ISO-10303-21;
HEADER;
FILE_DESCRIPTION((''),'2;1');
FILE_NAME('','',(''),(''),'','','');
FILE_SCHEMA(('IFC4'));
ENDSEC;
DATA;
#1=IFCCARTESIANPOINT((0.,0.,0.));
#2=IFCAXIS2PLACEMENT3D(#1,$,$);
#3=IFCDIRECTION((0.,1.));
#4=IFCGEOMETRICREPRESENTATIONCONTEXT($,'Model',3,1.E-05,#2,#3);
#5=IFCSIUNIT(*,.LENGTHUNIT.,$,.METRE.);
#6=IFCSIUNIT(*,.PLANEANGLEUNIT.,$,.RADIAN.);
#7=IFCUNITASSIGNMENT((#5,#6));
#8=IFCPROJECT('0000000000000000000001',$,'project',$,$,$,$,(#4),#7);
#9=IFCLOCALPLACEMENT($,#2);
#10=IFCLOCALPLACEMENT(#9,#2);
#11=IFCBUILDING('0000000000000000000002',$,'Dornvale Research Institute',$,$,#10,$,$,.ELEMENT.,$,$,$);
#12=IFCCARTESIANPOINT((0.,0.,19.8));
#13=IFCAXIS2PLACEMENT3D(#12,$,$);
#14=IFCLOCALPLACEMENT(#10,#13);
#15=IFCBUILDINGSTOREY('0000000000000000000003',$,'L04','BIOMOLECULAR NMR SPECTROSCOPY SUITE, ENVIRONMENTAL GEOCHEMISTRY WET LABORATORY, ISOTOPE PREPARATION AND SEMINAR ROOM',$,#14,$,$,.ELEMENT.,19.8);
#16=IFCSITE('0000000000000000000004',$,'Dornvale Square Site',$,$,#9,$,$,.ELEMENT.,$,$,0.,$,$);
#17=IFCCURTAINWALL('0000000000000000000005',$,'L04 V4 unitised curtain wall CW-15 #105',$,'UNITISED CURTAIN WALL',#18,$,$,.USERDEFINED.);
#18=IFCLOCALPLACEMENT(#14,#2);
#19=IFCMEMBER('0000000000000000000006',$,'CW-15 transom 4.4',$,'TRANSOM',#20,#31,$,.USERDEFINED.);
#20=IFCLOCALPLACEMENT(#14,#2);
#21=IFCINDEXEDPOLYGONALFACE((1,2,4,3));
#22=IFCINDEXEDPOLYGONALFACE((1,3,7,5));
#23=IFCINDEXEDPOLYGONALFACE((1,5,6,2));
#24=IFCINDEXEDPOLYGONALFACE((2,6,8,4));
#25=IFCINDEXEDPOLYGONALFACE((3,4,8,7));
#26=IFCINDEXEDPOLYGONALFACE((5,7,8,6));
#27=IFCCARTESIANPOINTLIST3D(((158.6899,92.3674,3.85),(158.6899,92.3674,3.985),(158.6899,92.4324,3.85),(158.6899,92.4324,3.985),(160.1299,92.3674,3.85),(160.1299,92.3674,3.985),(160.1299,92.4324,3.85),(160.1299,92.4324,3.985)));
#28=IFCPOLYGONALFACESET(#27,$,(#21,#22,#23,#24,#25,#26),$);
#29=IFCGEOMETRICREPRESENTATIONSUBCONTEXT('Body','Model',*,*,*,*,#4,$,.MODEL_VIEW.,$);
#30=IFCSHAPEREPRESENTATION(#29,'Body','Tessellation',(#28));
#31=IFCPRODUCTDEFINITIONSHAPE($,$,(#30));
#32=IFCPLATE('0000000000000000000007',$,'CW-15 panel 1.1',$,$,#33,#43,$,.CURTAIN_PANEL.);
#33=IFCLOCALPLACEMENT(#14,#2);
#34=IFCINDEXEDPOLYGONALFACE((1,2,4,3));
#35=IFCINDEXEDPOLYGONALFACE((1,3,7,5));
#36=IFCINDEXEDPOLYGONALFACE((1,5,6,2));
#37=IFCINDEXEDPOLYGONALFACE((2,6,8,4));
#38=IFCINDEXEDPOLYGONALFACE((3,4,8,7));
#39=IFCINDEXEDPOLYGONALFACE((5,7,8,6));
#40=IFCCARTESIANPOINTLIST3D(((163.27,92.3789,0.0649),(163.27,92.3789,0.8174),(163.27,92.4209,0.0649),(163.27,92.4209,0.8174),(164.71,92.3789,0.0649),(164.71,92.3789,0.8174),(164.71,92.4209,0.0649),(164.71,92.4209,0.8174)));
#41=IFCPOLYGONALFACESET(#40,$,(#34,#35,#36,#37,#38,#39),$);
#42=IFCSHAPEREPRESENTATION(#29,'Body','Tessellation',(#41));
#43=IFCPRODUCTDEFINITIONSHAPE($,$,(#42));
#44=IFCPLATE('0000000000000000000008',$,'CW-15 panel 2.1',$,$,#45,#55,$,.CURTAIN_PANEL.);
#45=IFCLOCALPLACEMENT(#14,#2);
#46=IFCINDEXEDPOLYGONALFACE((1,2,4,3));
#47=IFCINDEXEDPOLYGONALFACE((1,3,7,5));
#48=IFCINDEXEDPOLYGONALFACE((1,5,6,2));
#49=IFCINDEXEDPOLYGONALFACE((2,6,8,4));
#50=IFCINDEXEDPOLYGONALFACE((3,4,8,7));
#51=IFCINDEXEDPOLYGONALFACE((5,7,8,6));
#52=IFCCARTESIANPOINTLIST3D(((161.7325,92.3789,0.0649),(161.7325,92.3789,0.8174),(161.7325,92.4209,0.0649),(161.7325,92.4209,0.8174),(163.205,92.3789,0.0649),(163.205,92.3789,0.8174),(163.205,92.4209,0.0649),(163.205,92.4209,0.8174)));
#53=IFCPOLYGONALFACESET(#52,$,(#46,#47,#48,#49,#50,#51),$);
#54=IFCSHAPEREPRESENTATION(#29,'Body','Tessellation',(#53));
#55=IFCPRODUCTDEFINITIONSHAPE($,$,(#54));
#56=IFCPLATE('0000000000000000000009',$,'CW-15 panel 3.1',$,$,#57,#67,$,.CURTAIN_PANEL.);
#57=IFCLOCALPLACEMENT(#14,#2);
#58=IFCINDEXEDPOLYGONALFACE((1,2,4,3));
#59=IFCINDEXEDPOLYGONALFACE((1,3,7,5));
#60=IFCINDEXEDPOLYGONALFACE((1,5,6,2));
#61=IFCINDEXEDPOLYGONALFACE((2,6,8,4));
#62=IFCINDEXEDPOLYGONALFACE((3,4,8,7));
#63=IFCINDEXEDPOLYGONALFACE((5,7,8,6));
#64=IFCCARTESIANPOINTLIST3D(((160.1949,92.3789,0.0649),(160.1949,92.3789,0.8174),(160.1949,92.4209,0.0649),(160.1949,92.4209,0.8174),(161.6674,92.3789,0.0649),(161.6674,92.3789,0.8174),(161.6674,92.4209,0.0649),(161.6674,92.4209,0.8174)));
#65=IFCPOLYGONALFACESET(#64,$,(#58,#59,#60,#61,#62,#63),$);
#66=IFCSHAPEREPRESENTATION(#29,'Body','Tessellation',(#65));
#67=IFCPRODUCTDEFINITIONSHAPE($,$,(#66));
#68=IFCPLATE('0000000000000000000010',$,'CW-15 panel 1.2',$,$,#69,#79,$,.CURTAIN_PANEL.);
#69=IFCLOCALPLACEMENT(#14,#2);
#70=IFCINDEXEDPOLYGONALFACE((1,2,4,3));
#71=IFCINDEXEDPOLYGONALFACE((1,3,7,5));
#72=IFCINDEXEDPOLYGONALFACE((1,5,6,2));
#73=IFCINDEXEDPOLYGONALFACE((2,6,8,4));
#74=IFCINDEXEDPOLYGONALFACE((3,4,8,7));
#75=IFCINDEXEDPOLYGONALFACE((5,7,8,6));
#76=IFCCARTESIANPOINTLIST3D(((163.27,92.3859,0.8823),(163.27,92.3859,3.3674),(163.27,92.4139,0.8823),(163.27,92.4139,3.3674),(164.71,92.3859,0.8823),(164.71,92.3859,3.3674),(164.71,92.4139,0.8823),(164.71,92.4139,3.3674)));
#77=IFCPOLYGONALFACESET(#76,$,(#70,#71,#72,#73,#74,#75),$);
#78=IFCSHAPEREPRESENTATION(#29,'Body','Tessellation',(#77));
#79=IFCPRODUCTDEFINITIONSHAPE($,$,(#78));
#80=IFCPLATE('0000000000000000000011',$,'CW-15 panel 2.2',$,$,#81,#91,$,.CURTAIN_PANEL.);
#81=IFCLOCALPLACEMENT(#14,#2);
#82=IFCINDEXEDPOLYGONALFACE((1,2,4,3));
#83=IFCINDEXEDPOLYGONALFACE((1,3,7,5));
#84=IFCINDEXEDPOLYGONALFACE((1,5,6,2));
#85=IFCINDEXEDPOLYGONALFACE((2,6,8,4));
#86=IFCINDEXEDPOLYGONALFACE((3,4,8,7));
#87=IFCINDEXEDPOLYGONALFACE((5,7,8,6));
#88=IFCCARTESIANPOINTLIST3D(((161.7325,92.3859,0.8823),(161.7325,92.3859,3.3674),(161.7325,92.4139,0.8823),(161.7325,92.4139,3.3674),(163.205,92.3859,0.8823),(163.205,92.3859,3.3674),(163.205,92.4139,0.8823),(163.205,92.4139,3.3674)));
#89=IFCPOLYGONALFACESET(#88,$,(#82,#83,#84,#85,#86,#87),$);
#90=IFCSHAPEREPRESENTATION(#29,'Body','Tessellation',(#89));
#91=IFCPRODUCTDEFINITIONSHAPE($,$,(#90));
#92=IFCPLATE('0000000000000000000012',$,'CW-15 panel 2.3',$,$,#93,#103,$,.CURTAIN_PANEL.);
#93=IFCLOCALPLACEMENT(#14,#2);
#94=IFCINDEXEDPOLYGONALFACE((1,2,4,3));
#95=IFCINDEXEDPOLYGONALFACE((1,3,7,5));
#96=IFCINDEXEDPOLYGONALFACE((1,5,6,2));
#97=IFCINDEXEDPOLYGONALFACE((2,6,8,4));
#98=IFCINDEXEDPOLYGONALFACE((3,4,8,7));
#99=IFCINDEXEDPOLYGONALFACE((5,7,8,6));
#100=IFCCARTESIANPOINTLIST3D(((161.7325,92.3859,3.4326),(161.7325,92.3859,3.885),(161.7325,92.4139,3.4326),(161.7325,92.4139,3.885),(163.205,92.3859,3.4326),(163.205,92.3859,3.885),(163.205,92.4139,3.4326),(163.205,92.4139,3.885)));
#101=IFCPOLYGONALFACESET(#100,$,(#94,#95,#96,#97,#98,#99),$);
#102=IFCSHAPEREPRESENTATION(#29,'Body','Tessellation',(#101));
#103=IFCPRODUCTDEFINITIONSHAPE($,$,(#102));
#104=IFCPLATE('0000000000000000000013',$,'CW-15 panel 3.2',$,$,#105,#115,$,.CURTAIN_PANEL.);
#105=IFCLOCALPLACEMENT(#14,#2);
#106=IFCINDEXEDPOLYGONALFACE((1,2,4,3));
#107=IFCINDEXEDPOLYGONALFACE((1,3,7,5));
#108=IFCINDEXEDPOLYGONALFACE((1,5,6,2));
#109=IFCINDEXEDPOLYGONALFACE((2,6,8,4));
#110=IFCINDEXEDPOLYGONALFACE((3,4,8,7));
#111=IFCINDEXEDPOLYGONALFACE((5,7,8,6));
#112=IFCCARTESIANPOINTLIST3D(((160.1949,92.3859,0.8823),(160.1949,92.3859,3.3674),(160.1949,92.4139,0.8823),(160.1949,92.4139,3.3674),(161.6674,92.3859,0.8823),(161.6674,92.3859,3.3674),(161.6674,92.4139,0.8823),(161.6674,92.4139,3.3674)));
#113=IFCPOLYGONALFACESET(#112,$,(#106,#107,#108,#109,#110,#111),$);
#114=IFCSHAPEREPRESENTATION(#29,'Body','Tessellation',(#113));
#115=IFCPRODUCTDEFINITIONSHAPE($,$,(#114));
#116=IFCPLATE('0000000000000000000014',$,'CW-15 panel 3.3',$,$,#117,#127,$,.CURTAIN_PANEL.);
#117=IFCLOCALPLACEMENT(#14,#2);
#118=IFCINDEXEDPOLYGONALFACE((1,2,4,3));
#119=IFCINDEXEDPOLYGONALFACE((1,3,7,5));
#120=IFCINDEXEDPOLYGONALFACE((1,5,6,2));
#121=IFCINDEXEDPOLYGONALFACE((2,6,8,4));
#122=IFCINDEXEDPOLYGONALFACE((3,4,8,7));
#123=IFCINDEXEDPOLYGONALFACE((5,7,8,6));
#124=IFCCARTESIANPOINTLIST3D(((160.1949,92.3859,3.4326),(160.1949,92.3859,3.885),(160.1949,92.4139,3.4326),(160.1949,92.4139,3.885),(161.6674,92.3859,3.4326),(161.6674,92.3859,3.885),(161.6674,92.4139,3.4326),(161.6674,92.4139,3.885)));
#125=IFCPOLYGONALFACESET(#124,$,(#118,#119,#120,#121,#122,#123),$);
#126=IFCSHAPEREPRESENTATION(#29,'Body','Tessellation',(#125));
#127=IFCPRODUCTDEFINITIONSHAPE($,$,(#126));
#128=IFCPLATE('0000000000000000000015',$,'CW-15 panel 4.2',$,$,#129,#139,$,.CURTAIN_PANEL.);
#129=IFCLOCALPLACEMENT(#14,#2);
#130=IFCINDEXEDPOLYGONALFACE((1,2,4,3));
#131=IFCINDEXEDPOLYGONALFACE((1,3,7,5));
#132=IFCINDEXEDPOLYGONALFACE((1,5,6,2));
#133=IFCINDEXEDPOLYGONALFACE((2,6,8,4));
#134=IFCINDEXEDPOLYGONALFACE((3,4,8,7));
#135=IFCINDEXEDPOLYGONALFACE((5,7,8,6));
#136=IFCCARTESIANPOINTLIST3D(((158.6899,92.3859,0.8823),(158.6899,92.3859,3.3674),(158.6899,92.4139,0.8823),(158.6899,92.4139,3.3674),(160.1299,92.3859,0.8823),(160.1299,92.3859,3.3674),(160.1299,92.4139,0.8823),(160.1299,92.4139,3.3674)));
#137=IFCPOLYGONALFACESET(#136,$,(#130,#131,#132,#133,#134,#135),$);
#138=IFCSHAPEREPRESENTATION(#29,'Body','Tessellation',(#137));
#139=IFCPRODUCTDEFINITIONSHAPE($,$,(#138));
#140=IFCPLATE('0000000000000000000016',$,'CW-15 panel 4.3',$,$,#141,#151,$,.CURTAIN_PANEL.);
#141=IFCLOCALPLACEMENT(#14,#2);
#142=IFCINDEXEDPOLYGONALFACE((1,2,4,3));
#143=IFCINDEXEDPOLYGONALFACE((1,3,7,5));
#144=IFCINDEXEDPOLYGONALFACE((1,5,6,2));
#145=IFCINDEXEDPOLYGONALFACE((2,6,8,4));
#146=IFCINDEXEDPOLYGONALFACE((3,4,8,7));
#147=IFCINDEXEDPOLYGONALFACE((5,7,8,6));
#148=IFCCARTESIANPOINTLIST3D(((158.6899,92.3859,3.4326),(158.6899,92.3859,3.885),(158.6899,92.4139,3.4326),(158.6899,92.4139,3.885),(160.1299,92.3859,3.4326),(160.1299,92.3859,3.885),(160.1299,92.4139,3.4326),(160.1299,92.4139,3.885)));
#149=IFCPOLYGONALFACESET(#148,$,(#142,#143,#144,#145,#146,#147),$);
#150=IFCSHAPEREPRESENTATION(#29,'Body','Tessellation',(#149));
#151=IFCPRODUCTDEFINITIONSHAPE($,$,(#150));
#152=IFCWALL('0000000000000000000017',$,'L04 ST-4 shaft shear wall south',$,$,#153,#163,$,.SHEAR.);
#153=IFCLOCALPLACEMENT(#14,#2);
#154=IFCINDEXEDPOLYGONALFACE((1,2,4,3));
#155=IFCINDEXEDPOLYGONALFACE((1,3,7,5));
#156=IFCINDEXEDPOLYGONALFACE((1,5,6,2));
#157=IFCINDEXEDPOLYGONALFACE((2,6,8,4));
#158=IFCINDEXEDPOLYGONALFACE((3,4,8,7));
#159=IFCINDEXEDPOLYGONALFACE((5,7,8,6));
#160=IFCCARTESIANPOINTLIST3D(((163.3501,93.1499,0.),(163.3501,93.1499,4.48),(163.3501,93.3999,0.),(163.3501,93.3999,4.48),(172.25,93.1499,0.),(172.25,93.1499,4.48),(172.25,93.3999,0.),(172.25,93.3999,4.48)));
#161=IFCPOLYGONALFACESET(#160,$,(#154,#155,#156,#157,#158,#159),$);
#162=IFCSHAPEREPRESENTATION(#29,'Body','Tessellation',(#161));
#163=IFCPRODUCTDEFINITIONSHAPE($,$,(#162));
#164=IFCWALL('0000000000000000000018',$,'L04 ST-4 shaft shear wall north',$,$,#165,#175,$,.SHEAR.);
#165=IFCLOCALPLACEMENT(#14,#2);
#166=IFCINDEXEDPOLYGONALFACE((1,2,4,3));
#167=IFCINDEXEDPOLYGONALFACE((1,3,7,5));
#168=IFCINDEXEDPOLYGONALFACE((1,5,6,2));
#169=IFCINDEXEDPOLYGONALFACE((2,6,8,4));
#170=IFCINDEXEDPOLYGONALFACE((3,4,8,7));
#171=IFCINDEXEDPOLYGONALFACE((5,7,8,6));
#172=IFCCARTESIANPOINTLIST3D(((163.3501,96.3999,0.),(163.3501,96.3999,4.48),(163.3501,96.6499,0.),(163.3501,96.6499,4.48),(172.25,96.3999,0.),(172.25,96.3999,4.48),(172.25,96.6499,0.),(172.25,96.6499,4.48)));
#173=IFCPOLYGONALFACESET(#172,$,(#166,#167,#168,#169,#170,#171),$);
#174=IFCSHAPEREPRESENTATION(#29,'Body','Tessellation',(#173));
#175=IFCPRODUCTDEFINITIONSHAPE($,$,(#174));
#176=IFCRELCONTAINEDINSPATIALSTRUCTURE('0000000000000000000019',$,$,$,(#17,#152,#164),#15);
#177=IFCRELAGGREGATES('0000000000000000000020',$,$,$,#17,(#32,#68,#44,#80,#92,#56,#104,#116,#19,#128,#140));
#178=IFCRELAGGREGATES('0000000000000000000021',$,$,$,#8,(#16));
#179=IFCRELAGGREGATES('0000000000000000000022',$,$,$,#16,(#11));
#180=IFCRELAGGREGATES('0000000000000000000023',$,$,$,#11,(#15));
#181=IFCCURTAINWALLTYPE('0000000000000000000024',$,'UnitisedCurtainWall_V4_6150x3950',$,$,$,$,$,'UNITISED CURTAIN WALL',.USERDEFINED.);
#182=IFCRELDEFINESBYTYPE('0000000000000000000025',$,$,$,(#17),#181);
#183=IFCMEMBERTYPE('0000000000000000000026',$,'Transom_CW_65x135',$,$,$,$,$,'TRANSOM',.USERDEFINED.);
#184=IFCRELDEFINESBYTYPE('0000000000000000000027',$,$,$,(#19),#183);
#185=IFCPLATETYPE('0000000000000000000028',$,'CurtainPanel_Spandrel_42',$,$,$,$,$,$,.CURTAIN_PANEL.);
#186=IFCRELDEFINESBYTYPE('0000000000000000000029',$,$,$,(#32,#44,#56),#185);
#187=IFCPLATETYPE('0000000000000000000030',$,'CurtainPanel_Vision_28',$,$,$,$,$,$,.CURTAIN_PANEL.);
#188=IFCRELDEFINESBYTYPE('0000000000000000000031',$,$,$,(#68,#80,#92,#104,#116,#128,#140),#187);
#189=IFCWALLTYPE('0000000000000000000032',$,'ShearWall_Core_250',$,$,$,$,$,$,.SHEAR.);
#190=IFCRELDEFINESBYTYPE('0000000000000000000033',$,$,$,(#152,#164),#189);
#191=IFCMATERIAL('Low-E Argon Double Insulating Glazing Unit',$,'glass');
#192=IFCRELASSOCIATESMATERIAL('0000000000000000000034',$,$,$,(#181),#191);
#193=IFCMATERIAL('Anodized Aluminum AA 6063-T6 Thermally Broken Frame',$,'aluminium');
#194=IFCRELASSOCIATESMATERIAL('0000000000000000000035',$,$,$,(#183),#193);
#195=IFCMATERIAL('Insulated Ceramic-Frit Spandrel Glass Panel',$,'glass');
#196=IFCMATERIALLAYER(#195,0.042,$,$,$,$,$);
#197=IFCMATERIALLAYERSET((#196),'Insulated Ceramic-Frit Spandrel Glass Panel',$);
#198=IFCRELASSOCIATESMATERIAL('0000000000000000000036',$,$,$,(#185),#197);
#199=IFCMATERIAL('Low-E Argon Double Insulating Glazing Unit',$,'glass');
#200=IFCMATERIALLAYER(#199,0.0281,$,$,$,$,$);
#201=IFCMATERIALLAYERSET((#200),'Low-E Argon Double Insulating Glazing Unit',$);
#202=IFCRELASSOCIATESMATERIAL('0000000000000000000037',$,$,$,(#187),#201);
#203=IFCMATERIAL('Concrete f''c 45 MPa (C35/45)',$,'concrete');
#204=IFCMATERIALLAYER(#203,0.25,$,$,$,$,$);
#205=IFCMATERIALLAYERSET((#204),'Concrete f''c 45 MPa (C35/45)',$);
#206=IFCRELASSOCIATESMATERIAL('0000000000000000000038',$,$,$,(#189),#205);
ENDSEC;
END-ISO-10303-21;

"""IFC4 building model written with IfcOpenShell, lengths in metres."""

from ifc_helpers import new_model, si_unit, direction, frame, frame_2d, origin, origin_2d, place, context, subcontext, project, spatial, rectangle, extrude, material, layer, layer_set, material_profile, profile_set, type_object, element, aggregate, save


model = new_model("IFC4")

# Units and contexts
model_context = context("Model", 3, precision=1e-05, world=origin(), true_north=direction((0.0, 1.0)))
body_context = subcontext(model_context, "Body", "Model", "MODEL_VIEW")
ifc_project = project(units=[si_unit("LENGTHUNIT", "METRE"), si_unit("PLANEANGLEUNIT", "RADIAN")], contexts=[model_context])

# Site, building, storey
site_placement = place(None, origin())
site = spatial("IfcSite", under=ifc_project, at=site_placement, Name="Dornvale Square Site", CompositionType="ELEMENT", RefElevation=0.0)
building_placement = place(site_placement, origin())
building = spatial("IfcBuilding", under=site, at=building_placement, Name="Dornvale Research Institute", CompositionType="ELEMENT")
storey_placement = place(building_placement, frame((0.0, 0.0, 19.8)))
storey = spatial("IfcBuildingStorey", under=building, at=storey_placement, Name="L04", Description="BIOMOLECULAR NMR SPECTROSCOPY SUITE, ENVIRONMENTAL GEOCHEMISTRY WET LABORATORY, ISOTOPE PREPARATION AND SEMINAR ROOM", CompositionType="ELEMENT", Elevation=19.8)

# Curtain wall, member, plates
ifc_material_1 = material(Name="Low-E Argon Double Insulating Glazing Unit", Category="glass")
curtain_wall_type = type_object("IfcCurtainWallType", Name="UnitisedCurtainWall_V4_6150x3950", ElementType="UNITISED CURTAIN WALL", PredefinedType="USERDEFINED", material=ifc_material_1)
curtain_wall_placement = place(storey_placement, origin())
curtain_wall = element("IfcCurtainWall", 1, at=curtain_wall_placement, inside=storey, type_object=curtain_wall_type, Name="L04 V4 unitised curtain wall CW-15 #105", ObjectType="UNITISED CURTAIN WALL", PredefinedType="USERDEFINED")
ifc_material_2 = material(Name="Anodized Aluminum AA 6063-T6 Thermally Broken Frame", Category="aluminium")
ifc_material_profile_1 = material_profile(ifc_material_2, rectangle(XDim=0.0649, YDim=0.135, at=origin_2d()), Name="ALU TRANSOM 65x135")
ifc_profile_set_1 = profile_set([ifc_material_profile_1], Name="Anodized Aluminum AA 6063-T6 Thermally Broken Frame")
member_type_1 = type_object("IfcMemberType", Name="Transom_CW_65x135", ElementType="TRANSOM", PredefinedType="USERDEFINED", material=ifc_profile_set_1)
member_1_placement = place(storey_placement, frame((160.1299, 92.3999, 3.9175), z_axis=(-1.0, 0.0, 0.0), x_axis=(0.0, -1.0, 0.0)))
member_1 = element("IfcMember", 2, at=member_1_placement, type_object=member_type_1, Name="CW-15 transom 4.4", ObjectType="TRANSOM", PredefinedType="USERDEFINED", context=body_context, shape_type="SweptSolid", body=[
    extrude(rectangle(XDim=0.0649, YDim=0.135, at=origin_2d()), origin(), (0.0, 0.0, 1.0), 1.4399),
])
ifc_material_3 = material(Name="Insulated Ceramic-Frit Spandrel Glass Panel", Category="glass")
ifc_layer_1 = layer(ifc_material_3, 0.042)
ifc_layer_set_1 = layer_set([ifc_layer_1], Name="Insulated Ceramic-Frit Spandrel Glass Panel")
plate_type_1 = type_object("IfcPlateType", Name="CurtainPanel_Spandrel_42", PredefinedType="CURTAIN_PANEL", material=ifc_layer_set_1)
plate_1_placement = place(storey_placement, frame((163.99, 92.3999, 0.0649), z_axis=(0.0, 0.0, 1.0), x_axis=(-1.0, 0.0, 0.0)))
plate_1 = element("IfcPlate", 3, at=plate_1_placement, type_object=plate_type_1, Name="CW-15 panel 1.1", PredefinedType="CURTAIN_PANEL", context=body_context, shape_type="SweptSolid", body=[
    extrude(rectangle(XDim=1.4399, YDim=0.042, at=origin_2d()), origin(), (0.0, 0.0, 1.0), 0.7524),
])
plate_2_placement = place(storey_placement, frame((162.4688, 92.3999, 0.0649), z_axis=(0.0, 0.0, 1.0), x_axis=(-1.0, 0.0, 0.0)))
plate_2 = element("IfcPlate", 4, at=plate_2_placement, type_object=plate_type_1, Name="CW-15 panel 2.1", PredefinedType="CURTAIN_PANEL", context=body_context, shape_type="SweptSolid", body=[
    extrude(rectangle(XDim=1.4724, YDim=0.042, at=origin_2d()), origin(), (0.0, 0.0, 1.0), 0.7524),
])
plate_3_placement = place(storey_placement, frame((160.9312, 92.3999, 0.0649), z_axis=(0.0, 0.0, 1.0), x_axis=(-1.0, 0.0, 0.0)))
plate_3 = element("IfcPlate", 5, at=plate_3_placement, type_object=plate_type_1, Name="CW-15 panel 3.1", PredefinedType="CURTAIN_PANEL", context=body_context, shape_type="SweptSolid", body=[
    extrude(rectangle(XDim=1.4724, YDim=0.042, at=origin_2d()), origin(), (0.0, 0.0, 1.0), 0.7524),
])
ifc_material_4 = material(Name="Low-E Argon Double Insulating Glazing Unit", Category="glass")
ifc_layer_2 = layer(ifc_material_4, 0.0281)
ifc_layer_set_2 = layer_set([ifc_layer_2], Name="Low-E Argon Double Insulating Glazing Unit")
plate_type_2 = type_object("IfcPlateType", Name="CurtainPanel_Vision_28", PredefinedType="CURTAIN_PANEL", material=ifc_layer_set_2)
plate_4_placement = place(storey_placement, frame((163.99, 92.3999, 0.8823), z_axis=(0.0, 0.0, 1.0), x_axis=(-1.0, 0.0, 0.0)))
plate_4 = element("IfcPlate", 6, at=plate_4_placement, type_object=plate_type_2, Name="CW-15 panel 1.2", PredefinedType="CURTAIN_PANEL", context=body_context, shape_type="SweptSolid", body=[
    extrude(rectangle(XDim=1.4399, YDim=0.0281, at=origin_2d()), origin(), (0.0, 0.0, 1.0), 2.4851),
])
plate_5_placement = place(storey_placement, frame((162.4688, 92.3999, 0.8823), z_axis=(0.0, 0.0, 1.0), x_axis=(-1.0, 0.0, 0.0)))
plate_5 = element("IfcPlate", 7, at=plate_5_placement, type_object=plate_type_2, Name="CW-15 panel 2.2", PredefinedType="CURTAIN_PANEL", context=body_context, shape_type="SweptSolid", body=[
    extrude(rectangle(XDim=1.4724, YDim=0.0281, at=origin_2d()), origin(), (0.0, 0.0, 1.0), 2.4851),
])
plate_6_placement = place(storey_placement, frame((162.4688, 92.3999, 3.4326), z_axis=(0.0, 0.0, 1.0), x_axis=(-1.0, 0.0, 0.0)))
plate_6 = element("IfcPlate", 8, at=plate_6_placement, type_object=plate_type_2, Name="CW-15 panel 2.3", PredefinedType="CURTAIN_PANEL", context=body_context, shape_type="SweptSolid", body=[
    extrude(rectangle(XDim=1.4724, YDim=0.0281, at=origin_2d()), origin(), (0.0, 0.0, 1.0), 0.4524),
])
plate_7_placement = place(storey_placement, frame((160.9312, 92.3999, 0.8823), z_axis=(0.0, 0.0, 1.0), x_axis=(-1.0, 0.0, 0.0)))
plate_7 = element("IfcPlate", 9, at=plate_7_placement, type_object=plate_type_2, Name="CW-15 panel 3.2", PredefinedType="CURTAIN_PANEL", context=body_context, shape_type="SweptSolid", body=[
    extrude(rectangle(XDim=1.4724, YDim=0.0281, at=origin_2d()), origin(), (0.0, 0.0, 1.0), 2.4851),
])
plate_8_placement = place(storey_placement, frame((160.9312, 92.3999, 3.4326), z_axis=(0.0, 0.0, 1.0), x_axis=(-1.0, 0.0, 0.0)))
plate_8 = element("IfcPlate", 10, at=plate_8_placement, type_object=plate_type_2, Name="CW-15 panel 3.3", PredefinedType="CURTAIN_PANEL", context=body_context, shape_type="SweptSolid", body=[
    extrude(rectangle(XDim=1.4724, YDim=0.0281, at=origin_2d()), origin(), (0.0, 0.0, 1.0), 0.4524),
])
plate_9_placement = place(storey_placement, frame((159.4099, 92.3999, 0.8823), z_axis=(0.0, 0.0, 1.0), x_axis=(-1.0, 0.0, 0.0)))
plate_9 = element("IfcPlate", 11, at=plate_9_placement, type_object=plate_type_2, Name="CW-15 panel 4.2", PredefinedType="CURTAIN_PANEL", context=body_context, shape_type="SweptSolid", body=[
    extrude(rectangle(XDim=1.4399, YDim=0.0281, at=origin_2d()), origin(), (0.0, 0.0, 1.0), 2.4851),
])
plate_10_placement = place(storey_placement, frame((159.4099, 92.3999, 3.4326), z_axis=(0.0, 0.0, 1.0), x_axis=(-1.0, 0.0, 0.0)))
plate_10 = element("IfcPlate", 12, at=plate_10_placement, type_object=plate_type_2, Name="CW-15 panel 4.3", PredefinedType="CURTAIN_PANEL", context=body_context, shape_type="SweptSolid", body=[
    extrude(rectangle(XDim=1.4399, YDim=0.0281, at=origin_2d()), origin(), (0.0, 0.0, 1.0), 0.4524),
])
aggregate(curtain_wall, [plate_1, plate_4, plate_2, plate_5, plate_6, plate_3, plate_7, plate_8, member_1, plate_9, plate_10])

# Walls
ifc_material_5 = material(Name="Concrete f'c 45 MPa (C35/45)", Category="concrete")
ifc_layer_3 = layer(ifc_material_5, 0.25)
ifc_layer_set_3 = layer_set([ifc_layer_3], Name="Concrete f'c 45 MPa (C35/45)")
wall_type = type_object("IfcWallType", Name="ShearWall_Core_250", PredefinedType="SHEAR", material=ifc_layer_set_3)
for number, where, z_axis, x_axis, name in (
    (13, (163.3501, 93.2749, 0.0), (0.0, 0.0, 1.0), (1.0, 0.0, 0.0), "L04 ST-4 shaft shear wall south"),
    (14, (163.3501, 96.5249, 0.0), (0.0, 0.0, 1.0), (1.0, 0.0, 0.0), "L04 ST-4 shaft shear wall north"),
):
    element("IfcWall", number, at=place(storey_placement, frame(where, z_axis=z_axis, x_axis=x_axis)), inside=storey, type_object=wall_type, Name=name, PredefinedType="SHEAR", context=body_context, shape_type="SweptSolid", body=[
        extrude(rectangle(XDim=8.8999, YDim=0.25, at=frame_2d((4.45, 0.0))), origin(), (0.0, 0.0, 1.0), 4.48),
    ])

save(model, "model.ifc")
